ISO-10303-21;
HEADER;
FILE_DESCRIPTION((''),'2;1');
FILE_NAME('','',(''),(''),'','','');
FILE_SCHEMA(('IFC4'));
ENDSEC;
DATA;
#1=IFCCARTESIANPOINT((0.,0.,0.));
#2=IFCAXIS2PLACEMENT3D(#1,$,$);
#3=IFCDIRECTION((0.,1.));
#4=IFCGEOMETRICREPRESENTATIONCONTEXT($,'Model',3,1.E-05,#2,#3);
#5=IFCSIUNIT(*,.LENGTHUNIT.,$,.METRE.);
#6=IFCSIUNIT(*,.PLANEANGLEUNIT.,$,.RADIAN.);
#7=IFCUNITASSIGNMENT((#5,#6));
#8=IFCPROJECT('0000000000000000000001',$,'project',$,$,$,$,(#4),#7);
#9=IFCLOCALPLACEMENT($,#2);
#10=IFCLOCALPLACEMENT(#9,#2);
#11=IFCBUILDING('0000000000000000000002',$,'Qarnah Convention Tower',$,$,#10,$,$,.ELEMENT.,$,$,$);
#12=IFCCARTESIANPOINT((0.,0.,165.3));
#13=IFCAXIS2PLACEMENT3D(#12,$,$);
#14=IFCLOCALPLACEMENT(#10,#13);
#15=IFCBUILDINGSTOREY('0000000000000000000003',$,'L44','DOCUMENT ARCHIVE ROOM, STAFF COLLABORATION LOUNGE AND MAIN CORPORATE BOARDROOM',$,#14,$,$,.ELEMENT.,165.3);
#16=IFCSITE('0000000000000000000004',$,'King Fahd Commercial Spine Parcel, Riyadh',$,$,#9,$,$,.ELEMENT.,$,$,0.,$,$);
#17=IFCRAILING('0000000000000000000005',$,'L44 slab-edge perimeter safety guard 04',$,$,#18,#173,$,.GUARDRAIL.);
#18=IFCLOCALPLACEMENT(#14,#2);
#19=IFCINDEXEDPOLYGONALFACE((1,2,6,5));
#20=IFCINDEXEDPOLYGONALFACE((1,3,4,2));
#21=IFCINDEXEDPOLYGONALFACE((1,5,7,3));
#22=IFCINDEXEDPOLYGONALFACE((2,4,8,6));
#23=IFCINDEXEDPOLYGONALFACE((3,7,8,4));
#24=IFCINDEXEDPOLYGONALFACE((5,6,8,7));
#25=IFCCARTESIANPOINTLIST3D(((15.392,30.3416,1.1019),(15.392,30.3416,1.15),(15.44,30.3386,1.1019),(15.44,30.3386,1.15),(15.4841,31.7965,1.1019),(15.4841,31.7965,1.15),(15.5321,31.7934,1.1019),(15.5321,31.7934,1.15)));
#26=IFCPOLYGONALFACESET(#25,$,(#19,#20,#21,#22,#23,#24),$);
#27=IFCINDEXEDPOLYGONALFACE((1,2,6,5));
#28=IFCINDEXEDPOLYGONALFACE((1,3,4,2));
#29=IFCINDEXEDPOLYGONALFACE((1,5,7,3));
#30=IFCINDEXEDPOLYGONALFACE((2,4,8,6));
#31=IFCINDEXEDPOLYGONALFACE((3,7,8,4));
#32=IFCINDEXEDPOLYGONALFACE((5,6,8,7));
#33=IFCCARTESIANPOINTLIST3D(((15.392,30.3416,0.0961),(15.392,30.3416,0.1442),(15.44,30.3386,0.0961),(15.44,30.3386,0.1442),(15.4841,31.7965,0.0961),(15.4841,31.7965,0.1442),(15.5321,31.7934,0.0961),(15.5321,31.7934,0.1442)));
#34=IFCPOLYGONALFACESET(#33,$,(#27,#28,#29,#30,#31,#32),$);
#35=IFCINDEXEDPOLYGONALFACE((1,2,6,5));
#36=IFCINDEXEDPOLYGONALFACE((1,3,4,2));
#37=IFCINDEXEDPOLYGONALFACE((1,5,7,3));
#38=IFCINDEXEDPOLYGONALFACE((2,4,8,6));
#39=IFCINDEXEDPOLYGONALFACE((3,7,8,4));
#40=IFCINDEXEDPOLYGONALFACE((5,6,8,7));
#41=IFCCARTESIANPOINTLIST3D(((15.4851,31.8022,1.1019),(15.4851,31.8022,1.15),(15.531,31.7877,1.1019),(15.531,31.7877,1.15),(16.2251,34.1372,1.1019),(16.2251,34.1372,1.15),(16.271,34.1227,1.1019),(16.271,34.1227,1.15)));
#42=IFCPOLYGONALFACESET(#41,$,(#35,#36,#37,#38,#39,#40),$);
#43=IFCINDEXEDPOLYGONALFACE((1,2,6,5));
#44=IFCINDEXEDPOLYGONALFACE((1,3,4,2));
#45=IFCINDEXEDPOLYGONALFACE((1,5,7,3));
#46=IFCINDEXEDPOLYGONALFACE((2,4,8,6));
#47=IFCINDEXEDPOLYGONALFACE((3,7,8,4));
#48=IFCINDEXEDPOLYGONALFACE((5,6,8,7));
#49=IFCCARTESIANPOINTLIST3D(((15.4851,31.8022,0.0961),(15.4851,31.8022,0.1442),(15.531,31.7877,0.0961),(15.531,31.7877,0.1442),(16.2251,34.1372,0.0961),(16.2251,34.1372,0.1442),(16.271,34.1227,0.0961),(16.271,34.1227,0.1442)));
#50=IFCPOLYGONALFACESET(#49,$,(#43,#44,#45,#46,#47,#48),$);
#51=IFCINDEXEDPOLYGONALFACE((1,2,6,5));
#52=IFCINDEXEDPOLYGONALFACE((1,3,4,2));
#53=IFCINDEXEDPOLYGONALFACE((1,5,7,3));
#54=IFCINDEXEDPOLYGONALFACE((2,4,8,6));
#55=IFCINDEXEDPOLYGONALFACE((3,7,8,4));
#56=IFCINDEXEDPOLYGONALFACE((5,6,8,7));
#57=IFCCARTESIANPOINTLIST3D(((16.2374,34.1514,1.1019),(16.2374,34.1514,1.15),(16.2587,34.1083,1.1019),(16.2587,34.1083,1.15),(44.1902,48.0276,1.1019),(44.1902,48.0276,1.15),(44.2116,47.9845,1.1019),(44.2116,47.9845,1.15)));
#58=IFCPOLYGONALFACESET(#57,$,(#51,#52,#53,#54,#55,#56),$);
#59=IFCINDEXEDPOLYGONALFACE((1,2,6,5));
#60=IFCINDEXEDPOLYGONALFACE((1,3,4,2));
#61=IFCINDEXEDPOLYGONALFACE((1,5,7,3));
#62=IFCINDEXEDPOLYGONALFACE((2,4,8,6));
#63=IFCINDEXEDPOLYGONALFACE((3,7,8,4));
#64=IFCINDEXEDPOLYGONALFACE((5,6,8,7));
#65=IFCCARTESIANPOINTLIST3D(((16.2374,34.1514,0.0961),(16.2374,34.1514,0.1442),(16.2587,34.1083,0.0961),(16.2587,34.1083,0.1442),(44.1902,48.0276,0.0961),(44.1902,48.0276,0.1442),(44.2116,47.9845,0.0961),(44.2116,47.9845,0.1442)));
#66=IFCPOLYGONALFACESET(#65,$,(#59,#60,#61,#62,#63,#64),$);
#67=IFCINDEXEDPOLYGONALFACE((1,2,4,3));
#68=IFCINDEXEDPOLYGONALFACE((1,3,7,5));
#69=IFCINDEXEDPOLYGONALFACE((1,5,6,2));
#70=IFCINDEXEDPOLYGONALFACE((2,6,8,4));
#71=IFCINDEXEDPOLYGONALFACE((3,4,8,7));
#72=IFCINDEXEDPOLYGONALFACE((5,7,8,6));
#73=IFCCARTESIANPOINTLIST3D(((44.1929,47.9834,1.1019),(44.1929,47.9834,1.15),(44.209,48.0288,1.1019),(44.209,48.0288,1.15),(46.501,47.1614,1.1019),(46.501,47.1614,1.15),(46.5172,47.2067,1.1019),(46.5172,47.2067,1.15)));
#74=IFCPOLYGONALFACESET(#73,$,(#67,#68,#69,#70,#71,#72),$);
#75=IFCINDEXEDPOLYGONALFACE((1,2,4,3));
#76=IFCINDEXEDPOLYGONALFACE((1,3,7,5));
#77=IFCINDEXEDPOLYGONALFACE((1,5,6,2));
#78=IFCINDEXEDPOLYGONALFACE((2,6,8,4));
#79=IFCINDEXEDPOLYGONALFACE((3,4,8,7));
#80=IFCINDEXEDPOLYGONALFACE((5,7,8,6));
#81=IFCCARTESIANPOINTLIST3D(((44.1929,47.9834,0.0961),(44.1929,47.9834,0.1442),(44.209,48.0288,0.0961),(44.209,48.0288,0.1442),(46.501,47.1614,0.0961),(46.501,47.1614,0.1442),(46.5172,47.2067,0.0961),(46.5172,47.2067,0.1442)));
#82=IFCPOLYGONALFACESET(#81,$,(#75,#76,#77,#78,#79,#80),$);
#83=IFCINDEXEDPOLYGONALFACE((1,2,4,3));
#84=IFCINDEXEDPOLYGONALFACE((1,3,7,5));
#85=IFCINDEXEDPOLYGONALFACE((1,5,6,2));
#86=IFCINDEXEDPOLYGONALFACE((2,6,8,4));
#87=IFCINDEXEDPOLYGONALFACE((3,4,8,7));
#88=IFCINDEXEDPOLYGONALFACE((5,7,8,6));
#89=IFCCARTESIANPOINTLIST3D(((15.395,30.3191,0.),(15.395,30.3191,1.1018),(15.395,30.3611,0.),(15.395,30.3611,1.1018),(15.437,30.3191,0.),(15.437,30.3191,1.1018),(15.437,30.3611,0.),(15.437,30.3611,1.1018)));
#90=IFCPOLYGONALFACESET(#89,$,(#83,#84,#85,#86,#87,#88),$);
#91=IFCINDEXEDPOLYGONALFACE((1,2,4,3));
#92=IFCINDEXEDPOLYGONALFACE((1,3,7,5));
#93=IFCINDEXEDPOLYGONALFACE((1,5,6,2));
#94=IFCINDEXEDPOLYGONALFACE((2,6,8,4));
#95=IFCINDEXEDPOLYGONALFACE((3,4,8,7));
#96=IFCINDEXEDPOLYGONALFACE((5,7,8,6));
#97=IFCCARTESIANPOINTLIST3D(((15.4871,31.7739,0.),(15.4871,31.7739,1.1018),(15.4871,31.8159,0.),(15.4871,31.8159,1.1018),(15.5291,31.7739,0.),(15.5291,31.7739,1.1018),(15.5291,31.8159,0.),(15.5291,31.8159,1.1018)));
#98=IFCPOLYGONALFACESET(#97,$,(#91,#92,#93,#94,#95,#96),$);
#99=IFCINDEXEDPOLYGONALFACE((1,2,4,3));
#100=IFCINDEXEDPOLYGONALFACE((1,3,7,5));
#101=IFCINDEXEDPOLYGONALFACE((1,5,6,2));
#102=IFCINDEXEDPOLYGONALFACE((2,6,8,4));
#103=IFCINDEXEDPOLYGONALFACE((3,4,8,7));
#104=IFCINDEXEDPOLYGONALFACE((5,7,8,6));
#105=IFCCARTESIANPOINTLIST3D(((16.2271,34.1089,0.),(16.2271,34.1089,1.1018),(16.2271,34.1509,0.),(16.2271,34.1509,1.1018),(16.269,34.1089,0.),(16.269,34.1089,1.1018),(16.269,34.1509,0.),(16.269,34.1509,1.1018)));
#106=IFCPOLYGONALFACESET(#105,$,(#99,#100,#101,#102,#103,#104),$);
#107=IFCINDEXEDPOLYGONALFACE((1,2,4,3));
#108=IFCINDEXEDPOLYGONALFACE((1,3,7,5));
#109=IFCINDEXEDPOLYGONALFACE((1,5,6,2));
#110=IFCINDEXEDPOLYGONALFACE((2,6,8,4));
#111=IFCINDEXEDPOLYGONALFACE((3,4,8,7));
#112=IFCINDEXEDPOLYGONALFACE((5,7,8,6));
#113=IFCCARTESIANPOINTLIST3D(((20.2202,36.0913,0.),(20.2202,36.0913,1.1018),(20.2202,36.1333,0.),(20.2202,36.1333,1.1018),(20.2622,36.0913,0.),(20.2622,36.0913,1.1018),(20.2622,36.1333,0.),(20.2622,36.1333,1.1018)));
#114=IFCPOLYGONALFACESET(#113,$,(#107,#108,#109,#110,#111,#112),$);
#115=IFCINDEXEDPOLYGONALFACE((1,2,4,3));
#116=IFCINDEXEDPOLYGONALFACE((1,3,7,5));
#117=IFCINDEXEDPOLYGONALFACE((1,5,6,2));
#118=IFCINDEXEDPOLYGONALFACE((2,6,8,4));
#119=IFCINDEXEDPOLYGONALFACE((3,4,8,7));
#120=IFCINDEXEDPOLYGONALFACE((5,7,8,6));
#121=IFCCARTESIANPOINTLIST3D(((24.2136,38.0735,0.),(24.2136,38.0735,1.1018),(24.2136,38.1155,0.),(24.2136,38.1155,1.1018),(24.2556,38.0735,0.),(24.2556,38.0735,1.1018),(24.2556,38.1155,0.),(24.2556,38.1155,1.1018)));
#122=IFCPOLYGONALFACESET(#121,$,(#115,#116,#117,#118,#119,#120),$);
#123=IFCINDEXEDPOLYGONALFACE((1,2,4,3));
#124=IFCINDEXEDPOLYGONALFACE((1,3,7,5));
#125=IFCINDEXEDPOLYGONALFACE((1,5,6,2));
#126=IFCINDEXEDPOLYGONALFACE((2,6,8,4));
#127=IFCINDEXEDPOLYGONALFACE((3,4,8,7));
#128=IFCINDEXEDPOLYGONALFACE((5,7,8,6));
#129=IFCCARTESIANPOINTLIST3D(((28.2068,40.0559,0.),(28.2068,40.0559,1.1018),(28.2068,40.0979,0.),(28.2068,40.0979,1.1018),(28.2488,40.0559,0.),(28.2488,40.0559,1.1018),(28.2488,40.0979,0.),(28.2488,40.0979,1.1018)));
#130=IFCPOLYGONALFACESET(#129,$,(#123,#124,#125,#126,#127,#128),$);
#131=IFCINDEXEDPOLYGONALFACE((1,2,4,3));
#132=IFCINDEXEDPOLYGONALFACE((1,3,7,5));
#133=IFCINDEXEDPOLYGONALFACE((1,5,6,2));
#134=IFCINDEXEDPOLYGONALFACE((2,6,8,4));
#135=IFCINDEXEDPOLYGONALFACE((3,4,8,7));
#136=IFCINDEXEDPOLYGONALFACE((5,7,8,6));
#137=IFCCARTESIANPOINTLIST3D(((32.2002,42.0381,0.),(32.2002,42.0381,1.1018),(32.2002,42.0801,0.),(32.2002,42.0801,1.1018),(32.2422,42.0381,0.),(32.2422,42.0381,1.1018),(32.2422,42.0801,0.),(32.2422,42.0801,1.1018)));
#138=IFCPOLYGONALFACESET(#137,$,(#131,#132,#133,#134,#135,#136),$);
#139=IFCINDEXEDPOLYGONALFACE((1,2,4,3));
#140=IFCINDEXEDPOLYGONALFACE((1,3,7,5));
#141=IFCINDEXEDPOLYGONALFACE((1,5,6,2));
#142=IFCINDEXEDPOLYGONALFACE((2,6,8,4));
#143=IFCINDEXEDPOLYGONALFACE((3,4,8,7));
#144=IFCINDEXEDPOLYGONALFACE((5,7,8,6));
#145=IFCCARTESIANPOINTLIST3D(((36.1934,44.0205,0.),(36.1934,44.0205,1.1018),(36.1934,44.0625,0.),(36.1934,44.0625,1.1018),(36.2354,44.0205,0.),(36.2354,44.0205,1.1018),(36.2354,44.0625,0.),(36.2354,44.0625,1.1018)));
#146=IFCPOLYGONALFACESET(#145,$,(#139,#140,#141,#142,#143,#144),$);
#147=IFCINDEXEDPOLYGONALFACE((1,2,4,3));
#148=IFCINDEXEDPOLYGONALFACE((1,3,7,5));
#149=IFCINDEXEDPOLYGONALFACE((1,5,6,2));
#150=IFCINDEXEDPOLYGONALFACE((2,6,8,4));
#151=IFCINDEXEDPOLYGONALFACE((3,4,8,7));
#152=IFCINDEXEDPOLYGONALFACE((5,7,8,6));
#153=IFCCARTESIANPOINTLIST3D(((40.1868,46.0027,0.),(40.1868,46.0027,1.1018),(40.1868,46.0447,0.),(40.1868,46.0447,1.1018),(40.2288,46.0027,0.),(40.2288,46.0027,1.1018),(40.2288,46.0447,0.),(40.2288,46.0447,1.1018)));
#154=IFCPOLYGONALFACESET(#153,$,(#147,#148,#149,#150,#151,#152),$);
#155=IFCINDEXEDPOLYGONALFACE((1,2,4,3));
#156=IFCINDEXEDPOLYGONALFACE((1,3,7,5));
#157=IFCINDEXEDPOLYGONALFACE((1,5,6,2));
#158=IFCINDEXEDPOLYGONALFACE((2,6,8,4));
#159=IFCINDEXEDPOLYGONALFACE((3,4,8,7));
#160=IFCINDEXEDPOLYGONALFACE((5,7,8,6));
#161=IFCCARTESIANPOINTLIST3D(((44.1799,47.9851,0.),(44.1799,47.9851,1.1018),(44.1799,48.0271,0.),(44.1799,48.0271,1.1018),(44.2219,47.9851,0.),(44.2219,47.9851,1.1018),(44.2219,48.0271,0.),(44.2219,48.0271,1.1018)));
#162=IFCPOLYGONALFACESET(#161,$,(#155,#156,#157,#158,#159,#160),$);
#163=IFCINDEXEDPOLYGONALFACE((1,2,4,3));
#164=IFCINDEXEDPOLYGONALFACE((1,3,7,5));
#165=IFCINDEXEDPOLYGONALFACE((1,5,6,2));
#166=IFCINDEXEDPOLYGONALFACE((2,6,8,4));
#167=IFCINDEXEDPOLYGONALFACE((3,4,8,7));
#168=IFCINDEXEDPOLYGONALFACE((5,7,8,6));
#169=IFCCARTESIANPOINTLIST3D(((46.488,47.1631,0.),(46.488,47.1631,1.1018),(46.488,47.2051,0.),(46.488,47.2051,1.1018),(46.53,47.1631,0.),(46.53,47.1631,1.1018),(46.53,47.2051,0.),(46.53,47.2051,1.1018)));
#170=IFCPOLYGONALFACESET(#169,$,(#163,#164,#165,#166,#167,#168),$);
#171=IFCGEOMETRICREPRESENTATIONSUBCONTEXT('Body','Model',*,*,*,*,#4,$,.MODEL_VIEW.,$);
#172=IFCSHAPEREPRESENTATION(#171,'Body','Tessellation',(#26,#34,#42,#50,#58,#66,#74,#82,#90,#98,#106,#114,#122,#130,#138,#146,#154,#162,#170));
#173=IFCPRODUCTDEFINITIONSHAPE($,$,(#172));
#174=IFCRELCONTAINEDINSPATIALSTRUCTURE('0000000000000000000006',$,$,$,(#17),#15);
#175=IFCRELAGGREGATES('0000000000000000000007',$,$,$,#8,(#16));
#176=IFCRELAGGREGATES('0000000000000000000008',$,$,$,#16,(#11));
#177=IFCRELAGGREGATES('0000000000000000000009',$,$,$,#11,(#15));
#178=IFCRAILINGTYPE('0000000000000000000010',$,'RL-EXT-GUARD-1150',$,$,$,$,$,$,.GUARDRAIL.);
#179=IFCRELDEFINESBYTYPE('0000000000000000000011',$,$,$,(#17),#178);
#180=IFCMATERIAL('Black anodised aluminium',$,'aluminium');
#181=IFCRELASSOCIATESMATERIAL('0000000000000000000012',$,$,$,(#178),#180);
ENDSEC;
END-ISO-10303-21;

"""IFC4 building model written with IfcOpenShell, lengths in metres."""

from ifc_helpers import new_model, si_unit, direction, frame, origin, origin_2d, place, context, subcontext, project, spatial, rectangle, extrude, material, type_object, element, save


model = new_model("IFC4")

# Units and contexts
model_context = context("Model", 3, precision=1e-05, world=origin(), true_north=direction((0.0, 1.0)))
body_context = subcontext(model_context, "Body", "Model", "MODEL_VIEW")
ifc_project = project(units=[si_unit("LENGTHUNIT", "METRE"), si_unit("PLANEANGLEUNIT", "RADIAN")], contexts=[model_context])

# Site, building, storey
site_placement = place(None, origin())
site = spatial("IfcSite", under=ifc_project, at=site_placement, Name="King Fahd Commercial Spine Parcel, Riyadh", CompositionType="ELEMENT", RefElevation=0.0)
building_placement = place(site_placement, origin())
building = spatial("IfcBuilding", under=site, at=building_placement, Name="Qarnah Convention Tower", CompositionType="ELEMENT")
storey_placement = place(building_placement, frame((0.0, 0.0, 165.3)))
storey = spatial("IfcBuildingStorey", under=building, at=storey_placement, Name="L44", Description="DOCUMENT ARCHIVE ROOM, STAFF COLLABORATION LOUNGE AND MAIN CORPORATE BOARDROOM", CompositionType="ELEMENT", Elevation=165.3)

# Shared definitions
ifc_material_1 = material(Name="Black anodised aluminium", Category="aluminium")

# Railing
railing_type = type_object("IfcRailingType", Name="RL-EXT-GUARD-1150", PredefinedType="GUARDRAIL", material=ifc_material_1)
railing_1_placement = place(storey_placement, frame((15.416, 30.3401, 0.0)))
element("IfcRailing", 1, at=railing_1_placement, inside=storey, type_object=railing_type, Name="L44 slab-edge perimeter safety guard 04", PredefinedType="GUARDRAIL", context=body_context, shape_type="SweptSolid", body=[
    extrude(rectangle(XDim=0.0481, YDim=0.0481, at=origin_2d()), frame((0.0, 0.0, 1.126), z_axis=(0.063139, 0.998005, 0.0), x_axis=(-0.998005, 0.063139, 0.0)), (0.0, 0.0, 1.0), 1.4578),
    extrude(rectangle(XDim=0.0481, YDim=0.0481, at=origin_2d()), frame((0.0, 0.0, 0.1201), z_axis=(0.063139, 0.998005, 0.0), x_axis=(-0.998005, 0.063139, 0.0)), (0.0, 0.0, 1.0), 1.4578),
    extrude(rectangle(XDim=0.0481, YDim=0.0481, at=origin_2d()), frame((0.092, 1.4548, 1.126), z_axis=(0.302109, 0.953273, 0.0), x_axis=(-0.953273, 0.302109, 0.0)), (0.0, 0.0, 1.0), 2.4495),
    extrude(rectangle(XDim=0.0481, YDim=0.0481, at=origin_2d()), frame((0.092, 1.4548, 0.1201), z_axis=(0.302109, 0.953273, 0.0), x_axis=(-0.953273, 0.302109, 0.0)), (0.0, 0.0, 1.0), 2.4495),
    extrude(rectangle(XDim=0.0481, YDim=0.0481, at=origin_2d()), frame((0.832, 3.7898, 1.126), z_axis=(0.895708, 0.444643, 0.0), x_axis=(-0.444643, 0.895708, 0.0)), (0.0, 0.0, 1.0), 31.2075),
    extrude(rectangle(XDim=0.0481, YDim=0.0481, at=origin_2d()), frame((0.832, 3.7898, 0.1201), z_axis=(0.895708, 0.444643, 0.0), x_axis=(-0.444643, 0.895708, 0.0)), (0.0, 0.0, 1.0), 31.2075),
    extrude(rectangle(XDim=0.0481, YDim=0.0481, at=origin_2d()), frame((28.7849, 17.666, 1.126), z_axis=(0.942039, -0.335503, 0.0), x_axis=(0.335503, 0.942039, 0.0)), (0.0, 0.0, 1.0), 2.4502),
    extrude(rectangle(XDim=0.0481, YDim=0.0481, at=origin_2d()), frame((28.7849, 17.666, 0.1201), z_axis=(0.942039, -0.335503, 0.0), x_axis=(0.335503, 0.942039, 0.0)), (0.0, 0.0, 1.0), 2.4502),
    extrude(rectangle(XDim=0.042, YDim=0.042, at=origin_2d()), origin(), (0.0, 0.0, 1.0), 1.1018),
    extrude(rectangle(XDim=0.042, YDim=0.042, at=origin_2d()), frame((0.092, 1.4548, 0.0)), (0.0, 0.0, 1.0), 1.1018),
    extrude(rectangle(XDim=0.042, YDim=0.042, at=origin_2d()), frame((0.832, 3.7898, 0.0)), (0.0, 0.0, 1.0), 1.1018),
    extrude(rectangle(XDim=0.042, YDim=0.042, at=origin_2d()), frame((4.8252, 5.7722, 0.0)), (0.0, 0.0, 1.0), 1.1018),
    extrude(rectangle(XDim=0.042, YDim=0.042, at=origin_2d()), frame((8.8186, 7.7544, 0.0)), (0.0, 0.0, 1.0), 1.1018),
    extrude(rectangle(XDim=0.042, YDim=0.042, at=origin_2d()), frame((12.8118, 9.7368, 0.0)), (0.0, 0.0, 1.0), 1.1018),
    extrude(rectangle(XDim=0.042, YDim=0.042, at=origin_2d()), frame((16.8052, 11.719, 0.0)), (0.0, 0.0, 1.0), 1.1018),
    extrude(rectangle(XDim=0.042, YDim=0.042, at=origin_2d()), frame((20.7983, 13.7014, 0.0)), (0.0, 0.0, 1.0), 1.1018),
    extrude(rectangle(XDim=0.042, YDim=0.042, at=origin_2d()), frame((24.7917, 15.6836, 0.0)), (0.0, 0.0, 1.0), 1.1018),
    extrude(rectangle(XDim=0.042, YDim=0.042, at=origin_2d()), frame((28.7849, 17.666, 0.0)), (0.0, 0.0, 1.0), 1.1018),
    extrude(rectangle(XDim=0.042, YDim=0.042, at=origin_2d()), frame((31.093, 16.844, 0.0)), (0.0, 0.0, 1.0), 1.1018),
])

save(model, "model.ifc")
